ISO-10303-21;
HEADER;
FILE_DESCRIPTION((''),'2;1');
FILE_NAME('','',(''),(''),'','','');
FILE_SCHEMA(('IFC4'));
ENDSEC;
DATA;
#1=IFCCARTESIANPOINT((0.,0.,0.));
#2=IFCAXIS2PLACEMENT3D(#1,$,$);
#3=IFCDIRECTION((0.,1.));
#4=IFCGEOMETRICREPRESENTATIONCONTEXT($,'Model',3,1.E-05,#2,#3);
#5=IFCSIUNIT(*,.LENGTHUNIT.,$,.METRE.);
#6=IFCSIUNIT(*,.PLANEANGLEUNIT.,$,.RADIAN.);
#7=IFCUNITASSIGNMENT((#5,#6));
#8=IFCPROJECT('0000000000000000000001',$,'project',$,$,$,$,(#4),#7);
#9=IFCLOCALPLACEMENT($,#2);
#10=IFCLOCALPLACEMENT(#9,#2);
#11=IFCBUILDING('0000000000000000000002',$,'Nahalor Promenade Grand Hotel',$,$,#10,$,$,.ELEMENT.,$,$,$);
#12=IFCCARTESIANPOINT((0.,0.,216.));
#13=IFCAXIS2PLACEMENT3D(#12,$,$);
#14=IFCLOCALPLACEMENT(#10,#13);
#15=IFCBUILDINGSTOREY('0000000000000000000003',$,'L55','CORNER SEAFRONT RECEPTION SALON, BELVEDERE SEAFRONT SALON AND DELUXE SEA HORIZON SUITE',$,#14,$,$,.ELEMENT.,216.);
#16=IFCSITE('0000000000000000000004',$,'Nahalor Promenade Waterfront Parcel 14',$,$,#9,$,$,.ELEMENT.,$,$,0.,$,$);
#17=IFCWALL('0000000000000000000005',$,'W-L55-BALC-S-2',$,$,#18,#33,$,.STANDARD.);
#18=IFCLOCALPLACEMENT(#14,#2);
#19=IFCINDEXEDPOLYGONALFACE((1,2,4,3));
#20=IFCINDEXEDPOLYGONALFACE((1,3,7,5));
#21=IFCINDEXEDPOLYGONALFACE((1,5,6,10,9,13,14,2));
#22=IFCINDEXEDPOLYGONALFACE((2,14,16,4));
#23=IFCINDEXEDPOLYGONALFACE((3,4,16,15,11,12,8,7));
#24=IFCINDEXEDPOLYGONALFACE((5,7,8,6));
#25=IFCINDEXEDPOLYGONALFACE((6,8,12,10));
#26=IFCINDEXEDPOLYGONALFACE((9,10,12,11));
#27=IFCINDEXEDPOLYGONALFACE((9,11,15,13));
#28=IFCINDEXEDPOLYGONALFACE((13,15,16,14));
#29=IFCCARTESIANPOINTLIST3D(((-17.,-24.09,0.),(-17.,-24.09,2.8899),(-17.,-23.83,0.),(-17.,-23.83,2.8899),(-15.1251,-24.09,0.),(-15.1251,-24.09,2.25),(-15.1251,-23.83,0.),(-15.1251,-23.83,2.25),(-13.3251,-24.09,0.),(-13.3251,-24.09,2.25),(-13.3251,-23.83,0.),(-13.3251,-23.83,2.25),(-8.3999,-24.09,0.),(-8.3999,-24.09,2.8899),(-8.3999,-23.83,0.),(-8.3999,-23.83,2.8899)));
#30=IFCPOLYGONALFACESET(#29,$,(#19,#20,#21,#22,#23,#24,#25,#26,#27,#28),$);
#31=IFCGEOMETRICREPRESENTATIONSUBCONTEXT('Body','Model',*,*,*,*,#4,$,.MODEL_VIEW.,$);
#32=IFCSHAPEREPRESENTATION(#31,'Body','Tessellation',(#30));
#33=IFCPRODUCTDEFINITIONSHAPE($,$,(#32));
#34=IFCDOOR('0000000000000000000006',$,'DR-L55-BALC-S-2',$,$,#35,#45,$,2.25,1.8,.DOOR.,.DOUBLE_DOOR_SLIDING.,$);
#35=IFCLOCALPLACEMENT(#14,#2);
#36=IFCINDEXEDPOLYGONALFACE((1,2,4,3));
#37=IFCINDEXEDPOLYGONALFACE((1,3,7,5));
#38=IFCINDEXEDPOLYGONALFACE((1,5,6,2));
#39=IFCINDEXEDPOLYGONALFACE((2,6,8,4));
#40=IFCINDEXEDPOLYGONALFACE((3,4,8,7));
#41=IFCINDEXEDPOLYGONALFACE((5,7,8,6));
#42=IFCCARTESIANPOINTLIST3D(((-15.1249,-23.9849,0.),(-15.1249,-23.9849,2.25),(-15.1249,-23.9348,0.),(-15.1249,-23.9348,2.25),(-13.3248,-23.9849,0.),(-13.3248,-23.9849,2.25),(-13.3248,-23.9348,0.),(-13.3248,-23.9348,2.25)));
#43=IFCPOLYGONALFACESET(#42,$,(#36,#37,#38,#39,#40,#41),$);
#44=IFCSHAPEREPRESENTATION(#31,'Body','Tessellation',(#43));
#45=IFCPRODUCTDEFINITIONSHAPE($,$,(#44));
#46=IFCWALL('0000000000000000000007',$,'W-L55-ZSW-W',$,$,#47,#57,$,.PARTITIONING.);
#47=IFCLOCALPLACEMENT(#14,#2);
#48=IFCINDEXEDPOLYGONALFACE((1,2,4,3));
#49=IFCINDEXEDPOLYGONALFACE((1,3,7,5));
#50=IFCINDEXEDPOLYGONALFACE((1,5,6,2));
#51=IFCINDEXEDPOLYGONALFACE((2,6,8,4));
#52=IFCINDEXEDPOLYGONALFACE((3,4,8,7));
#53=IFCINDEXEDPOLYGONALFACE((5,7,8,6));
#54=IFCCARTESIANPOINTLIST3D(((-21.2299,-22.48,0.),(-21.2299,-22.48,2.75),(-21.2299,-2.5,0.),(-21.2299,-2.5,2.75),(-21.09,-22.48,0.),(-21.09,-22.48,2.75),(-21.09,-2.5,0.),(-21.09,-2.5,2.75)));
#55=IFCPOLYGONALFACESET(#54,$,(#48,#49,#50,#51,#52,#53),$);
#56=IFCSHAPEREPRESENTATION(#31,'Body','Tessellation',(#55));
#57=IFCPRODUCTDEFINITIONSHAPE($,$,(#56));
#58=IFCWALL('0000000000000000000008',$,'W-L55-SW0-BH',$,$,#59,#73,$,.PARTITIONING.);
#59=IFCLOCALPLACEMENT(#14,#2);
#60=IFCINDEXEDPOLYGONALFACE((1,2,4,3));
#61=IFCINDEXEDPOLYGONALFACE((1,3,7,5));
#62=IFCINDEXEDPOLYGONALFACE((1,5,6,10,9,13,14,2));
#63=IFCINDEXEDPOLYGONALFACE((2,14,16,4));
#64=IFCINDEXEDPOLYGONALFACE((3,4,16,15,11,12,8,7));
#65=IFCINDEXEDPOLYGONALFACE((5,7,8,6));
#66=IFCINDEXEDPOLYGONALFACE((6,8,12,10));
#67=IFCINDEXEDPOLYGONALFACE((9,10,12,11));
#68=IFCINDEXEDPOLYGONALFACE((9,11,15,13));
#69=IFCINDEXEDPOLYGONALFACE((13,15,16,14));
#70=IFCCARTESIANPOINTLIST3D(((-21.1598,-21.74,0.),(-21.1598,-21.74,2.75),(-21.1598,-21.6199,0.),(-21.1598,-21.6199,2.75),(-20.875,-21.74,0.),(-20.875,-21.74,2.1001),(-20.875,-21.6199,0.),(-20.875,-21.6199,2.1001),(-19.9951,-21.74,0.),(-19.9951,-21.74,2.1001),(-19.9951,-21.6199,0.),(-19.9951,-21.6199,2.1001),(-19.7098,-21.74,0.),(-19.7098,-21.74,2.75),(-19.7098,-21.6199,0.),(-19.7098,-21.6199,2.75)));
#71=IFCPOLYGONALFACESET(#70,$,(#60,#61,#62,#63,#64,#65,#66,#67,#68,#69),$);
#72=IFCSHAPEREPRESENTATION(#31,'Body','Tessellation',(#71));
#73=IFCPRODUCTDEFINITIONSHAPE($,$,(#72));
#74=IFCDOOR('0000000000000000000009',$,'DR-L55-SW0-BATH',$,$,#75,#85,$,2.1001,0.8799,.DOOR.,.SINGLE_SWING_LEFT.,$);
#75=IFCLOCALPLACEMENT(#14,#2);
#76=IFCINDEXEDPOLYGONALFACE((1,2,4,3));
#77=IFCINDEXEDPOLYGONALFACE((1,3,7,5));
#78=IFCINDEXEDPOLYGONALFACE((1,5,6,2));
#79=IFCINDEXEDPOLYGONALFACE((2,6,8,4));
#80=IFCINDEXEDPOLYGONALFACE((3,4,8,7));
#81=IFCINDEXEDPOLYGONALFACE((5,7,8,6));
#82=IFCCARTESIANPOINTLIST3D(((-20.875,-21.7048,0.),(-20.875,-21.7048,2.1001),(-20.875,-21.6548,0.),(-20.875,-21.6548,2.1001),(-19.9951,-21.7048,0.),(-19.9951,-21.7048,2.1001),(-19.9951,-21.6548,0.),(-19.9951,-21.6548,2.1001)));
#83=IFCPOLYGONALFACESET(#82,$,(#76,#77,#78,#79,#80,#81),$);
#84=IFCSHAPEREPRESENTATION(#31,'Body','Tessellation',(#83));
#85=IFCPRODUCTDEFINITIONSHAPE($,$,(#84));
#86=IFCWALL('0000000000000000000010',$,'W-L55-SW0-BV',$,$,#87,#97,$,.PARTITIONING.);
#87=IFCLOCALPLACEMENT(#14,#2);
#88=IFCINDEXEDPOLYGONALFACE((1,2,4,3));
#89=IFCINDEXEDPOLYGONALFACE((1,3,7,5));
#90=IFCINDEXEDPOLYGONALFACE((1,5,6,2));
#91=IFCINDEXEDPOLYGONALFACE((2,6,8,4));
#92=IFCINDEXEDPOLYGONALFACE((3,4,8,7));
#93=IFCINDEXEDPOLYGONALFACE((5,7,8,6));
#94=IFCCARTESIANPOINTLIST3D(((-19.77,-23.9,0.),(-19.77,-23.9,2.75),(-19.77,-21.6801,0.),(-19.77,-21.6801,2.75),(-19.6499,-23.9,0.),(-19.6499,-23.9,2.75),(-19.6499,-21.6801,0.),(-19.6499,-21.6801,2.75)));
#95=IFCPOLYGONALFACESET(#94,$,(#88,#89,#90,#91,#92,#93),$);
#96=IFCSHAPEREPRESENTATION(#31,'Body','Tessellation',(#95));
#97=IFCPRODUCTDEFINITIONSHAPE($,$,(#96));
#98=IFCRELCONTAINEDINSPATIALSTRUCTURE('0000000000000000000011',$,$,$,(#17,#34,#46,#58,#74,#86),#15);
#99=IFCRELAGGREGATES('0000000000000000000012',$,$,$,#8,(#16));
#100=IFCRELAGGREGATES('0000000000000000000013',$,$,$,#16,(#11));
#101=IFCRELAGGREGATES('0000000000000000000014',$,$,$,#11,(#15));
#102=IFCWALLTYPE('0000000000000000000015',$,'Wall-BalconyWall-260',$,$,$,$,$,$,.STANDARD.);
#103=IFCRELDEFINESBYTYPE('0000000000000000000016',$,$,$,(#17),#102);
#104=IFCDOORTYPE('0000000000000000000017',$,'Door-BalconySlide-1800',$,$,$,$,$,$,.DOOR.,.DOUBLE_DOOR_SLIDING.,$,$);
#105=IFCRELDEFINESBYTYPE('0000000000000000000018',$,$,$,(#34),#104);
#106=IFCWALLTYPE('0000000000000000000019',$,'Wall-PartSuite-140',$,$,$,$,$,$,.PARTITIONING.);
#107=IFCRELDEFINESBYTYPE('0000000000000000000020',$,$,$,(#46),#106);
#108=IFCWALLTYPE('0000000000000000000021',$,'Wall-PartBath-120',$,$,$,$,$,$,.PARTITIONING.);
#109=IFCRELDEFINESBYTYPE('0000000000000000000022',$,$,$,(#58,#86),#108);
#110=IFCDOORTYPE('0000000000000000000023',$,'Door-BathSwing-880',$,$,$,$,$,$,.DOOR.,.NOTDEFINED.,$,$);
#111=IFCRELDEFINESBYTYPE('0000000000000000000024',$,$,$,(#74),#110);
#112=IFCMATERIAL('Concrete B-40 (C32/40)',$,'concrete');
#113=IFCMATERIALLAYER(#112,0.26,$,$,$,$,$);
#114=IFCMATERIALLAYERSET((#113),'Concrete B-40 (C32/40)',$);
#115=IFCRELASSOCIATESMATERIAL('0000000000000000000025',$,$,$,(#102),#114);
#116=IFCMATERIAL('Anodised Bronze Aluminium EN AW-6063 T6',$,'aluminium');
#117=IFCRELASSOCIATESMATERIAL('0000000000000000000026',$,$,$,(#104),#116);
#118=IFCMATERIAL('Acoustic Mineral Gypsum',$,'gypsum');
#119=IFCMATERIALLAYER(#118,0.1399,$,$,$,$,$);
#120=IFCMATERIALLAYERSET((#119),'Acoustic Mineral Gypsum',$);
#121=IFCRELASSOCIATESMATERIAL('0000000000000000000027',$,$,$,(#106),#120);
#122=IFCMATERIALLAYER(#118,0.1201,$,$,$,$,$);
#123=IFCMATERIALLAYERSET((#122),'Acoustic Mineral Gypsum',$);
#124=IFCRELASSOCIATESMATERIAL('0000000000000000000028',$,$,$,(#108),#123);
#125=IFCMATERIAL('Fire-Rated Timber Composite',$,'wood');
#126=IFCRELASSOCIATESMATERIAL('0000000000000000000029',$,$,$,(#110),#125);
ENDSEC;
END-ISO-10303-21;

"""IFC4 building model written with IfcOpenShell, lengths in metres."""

from ifc_helpers import new_model, si_unit, direction, frame, frame_2d, origin, place, context, subcontext, project, spatial, rectangle, extrude, source, transform, mapped, material, layer, layer_set, type_object, element, fill, save


model = new_model("IFC4")

# Units and contexts
model_context = context("Model", 3, precision=1e-05, world=origin(), true_north=direction((0.0, 1.0)))
body_context = subcontext(model_context, "Body", "Model", "MODEL_VIEW")
ifc_project = project(units=[si_unit("LENGTHUNIT", "METRE"), si_unit("PLANEANGLEUNIT", "RADIAN")], contexts=[model_context])

# Site, building, storey
site_placement = place(None, origin())
site = spatial("IfcSite", under=ifc_project, at=site_placement, Name="Nahalor Promenade Waterfront Parcel 14", CompositionType="ELEMENT", RefElevation=0.0)
building_placement = place(site_placement, origin())
building = spatial("IfcBuilding", under=site, at=building_placement, Name="Nahalor Promenade Grand Hotel", CompositionType="ELEMENT")
storey_placement = place(building_placement, frame((0.0, 0.0, 216.0)))
storey = spatial("IfcBuildingStorey", under=building, at=storey_placement, Name="L55", Description="CORNER SEAFRONT RECEPTION SALON, BELVEDERE SEAFRONT SALON AND DELUXE SEA HORIZON SUITE", CompositionType="ELEMENT", Elevation=216.0)

# Shared definitions
ifc_material_1 = material(Name="Anodised Bronze Aluminium EN AW-6063 T6", Category="aluminium")

# Shared definitions
ifc_material_2 = material(Name="Concrete B-40 (C32/40)", Category="concrete")

# Wall, opening, door
ifc_layer_1 = layer(ifc_material_2, 0.26)
ifc_layer_set_1 = layer_set([ifc_layer_1], Name="Concrete B-40 (C32/40)")
wall_type_1 = type_object("IfcWallType", Name="Wall-BalconyWall-260", PredefinedType="STANDARD", material=ifc_layer_set_1)
shared_shape_1 = source(origin(), body_context, "Body", "SweptSolid", [
    extrude(rectangle(XDim=8.6001, YDim=0.26, at=frame_2d((4.3, 0.0))), origin(), (0.0, 0.0, 1.0), 2.8899),
])
wall_1_placement = place(storey_placement, frame((-17.0, -23.96, 0.0), z_axis=(0.0, 0.0, 1.0), x_axis=(1.0, 0.0, 0.0)))
wall_1 = element("IfcWall", 1, at=wall_1_placement, inside=storey, type_object=wall_type_1, Name="W-L55-BALC-S-2", PredefinedType="STANDARD", context=body_context, shape_type="MappedRepresentation", body=[
    mapped(shared_shape_1, transform((0.0, 0.0, 0.0), scale=1.0)),
])
opening_1_placement = place(wall_1_placement, frame((1.875, 0.0, 0.0)))
opening_1 = element("IfcOpeningElement", 2, at=opening_1_placement, cuts=wall_1, PredefinedType="OPENING", context=body_context, shape_type="SweptSolid", body=[
    extrude(rectangle(XDim=1.8, YDim=2.25, at=frame_2d((0.8999, 1.125))), frame((0.0, 0.1399, 0.0), z_axis=(0.0, -1.0, 0.0), x_axis=(1.0, 0.0, 0.0)), (0.0, 0.0, 1.0), 0.28),
])
door_type_1 = type_object("IfcDoorType", Name="Door-BalconySlide-1800", OperationType="DOUBLE_DOOR_SLIDING", PredefinedType="DOOR", material=ifc_material_1)
shared_shape_2 = source(origin(), body_context, "Body", "SweptSolid", [
    extrude(rectangle(XDim=1.8, YDim=2.25, at=frame_2d((0.8999, 1.125))), frame((0.0, 0.0249, 0.0), z_axis=(0.0, -1.0, 0.0), x_axis=(1.0, 0.0, 0.0)), (0.0, 0.0, 1.0), 0.05),
])
door_1_placement = place(opening_1_placement, frame((1.8, 0.0, 0.0), z_axis=(0.0, 0.0, 1.0), x_axis=(-1.0, 0.0, 0.0)))
door_1 = element("IfcDoor", 3, at=door_1_placement, inside=storey, type_object=door_type_1, Name="DR-L55-BALC-S-2", OperationType="DOUBLE_DOOR_SLIDING", OverallHeight=2.25, OverallWidth=1.8, PredefinedType="DOOR", context=body_context, shape_type="MappedRepresentation", body=[
    mapped(shared_shape_2, transform((0.0, 0.0, 0.0), scale=1.0)),
])
fill(opening_1, door_1)

# Wall
ifc_material_3 = material(Name="Acoustic Mineral Gypsum", Category="gypsum")
ifc_layer_2 = layer(ifc_material_3, 0.1399)
ifc_layer_set_2 = layer_set([ifc_layer_2], Name="Acoustic Mineral Gypsum")
wall_type_2 = type_object("IfcWallType", Name="Wall-PartSuite-140", PredefinedType="PARTITIONING", material=ifc_layer_set_2)
shared_shape_3 = source(origin(), body_context, "Body", "SweptSolid", [
    extrude(rectangle(XDim=19.98, YDim=0.1399, at=frame_2d((9.99, 0.0))), origin(), (0.0, 0.0, 1.0), 2.75),
])
wall_2_placement = place(storey_placement, frame((-21.1599, -22.48, 0.0), z_axis=(0.0, 0.0, 1.0), x_axis=(0.0, 1.0, 0.0)))
element("IfcWall", 4, at=wall_2_placement, inside=storey, type_object=wall_type_2, Name="W-L55-ZSW-W", PredefinedType="PARTITIONING", context=body_context, shape_type="MappedRepresentation", body=[
    mapped(shared_shape_3, transform((0.0, 0.0, 0.0), scale=1.0)),
])

# Wall, opening, door
ifc_layer_3 = layer(ifc_material_3, 0.1201)
ifc_layer_set_3 = layer_set([ifc_layer_3], Name="Acoustic Mineral Gypsum")
wall_type_3 = type_object("IfcWallType", Name="Wall-PartBath-120", PredefinedType="PARTITIONING", material=ifc_layer_set_3)
shared_shape_4 = source(origin(), body_context, "Body", "SweptSolid", [
    extrude(rectangle(XDim=1.45, YDim=0.1201, at=frame_2d((0.7251, 0.0))), origin(), (0.0, 0.0, 1.0), 2.75),
])
wall_3_placement = place(storey_placement, frame((-21.1599, -21.6799, 0.0), z_axis=(0.0, 0.0, 1.0), x_axis=(1.0, 0.0, 0.0)))
wall_3 = element("IfcWall", 5, at=wall_3_placement, inside=storey, type_object=wall_type_3, Name="W-L55-SW0-BH", PredefinedType="PARTITIONING", context=body_context, shape_type="MappedRepresentation", body=[
    mapped(shared_shape_4, transform((0.0, 0.0, 0.0), scale=1.0)),
])
opening_2_placement = place(wall_3_placement, frame((0.2849, 0.0, 0.0)))
opening_2 = element("IfcOpeningElement", 6, at=opening_2_placement, cuts=wall_3, PredefinedType="OPENING", context=body_context, shape_type="SweptSolid", body=[
    extrude(rectangle(XDim=0.8799, YDim=2.1001, at=frame_2d((0.4399, 1.05))), frame((0.0, 0.0701, 0.0), z_axis=(0.0, -1.0, 0.0), x_axis=(1.0, 0.0, 0.0)), (0.0, 0.0, 1.0), 0.1401),
])
ifc_material_4 = material(Name="Fire-Rated Timber Composite", Category="wood")
door_type_2 = type_object("IfcDoorType", Name="Door-BathSwing-880", OperationType="NOTDEFINED", PredefinedType="DOOR", material=ifc_material_4)
shared_shape_5 = source(origin(), body_context, "Body", "SweptSolid", [
    extrude(rectangle(XDim=0.8799, YDim=2.1001, at=frame_2d((0.4399, 1.05))), frame((0.0, 0.0249, 0.0), z_axis=(0.0, -1.0, 0.0), x_axis=(1.0, 0.0, 0.0)), (0.0, 0.0, 1.0), 0.05),
])
door_2_placement = place(opening_2_placement, frame((0.8799, 0.0, 0.0), z_axis=(0.0, 0.0, 1.0), x_axis=(-1.0, 0.0, 0.0)))
door_2 = element("IfcDoor", 7, at=door_2_placement, inside=storey, type_object=door_type_2, Name="DR-L55-SW0-BATH", OperationType="SINGLE_SWING_LEFT", OverallHeight=2.1001, OverallWidth=0.8799, PredefinedType="DOOR", context=body_context, shape_type="MappedRepresentation", body=[
    mapped(shared_shape_5, transform((0.0, 0.0, 0.0), scale=1.0)),
])
fill(opening_2, door_2)

# Wall
shared_shape_6 = source(origin(), body_context, "Body", "SweptSolid", [
    extrude(rectangle(XDim=2.22, YDim=0.1201, at=frame_2d((1.1099, 0.0))), origin(), (0.0, 0.0, 1.0), 2.75),
])
wall_4_placement = place(storey_placement, frame((-19.71, -23.8999, 0.0), z_axis=(0.0, 0.0, 1.0), x_axis=(0.0, 1.0, 0.0)))
element("IfcWall", 8, at=wall_4_placement, inside=storey, type_object=wall_type_3, Name="W-L55-SW0-BV", PredefinedType="PARTITIONING", context=body_context, shape_type="MappedRepresentation", body=[
    mapped(shared_shape_6, transform((0.0, 0.0, 0.0), scale=1.0)),
])

save(model, "model.ifc")
